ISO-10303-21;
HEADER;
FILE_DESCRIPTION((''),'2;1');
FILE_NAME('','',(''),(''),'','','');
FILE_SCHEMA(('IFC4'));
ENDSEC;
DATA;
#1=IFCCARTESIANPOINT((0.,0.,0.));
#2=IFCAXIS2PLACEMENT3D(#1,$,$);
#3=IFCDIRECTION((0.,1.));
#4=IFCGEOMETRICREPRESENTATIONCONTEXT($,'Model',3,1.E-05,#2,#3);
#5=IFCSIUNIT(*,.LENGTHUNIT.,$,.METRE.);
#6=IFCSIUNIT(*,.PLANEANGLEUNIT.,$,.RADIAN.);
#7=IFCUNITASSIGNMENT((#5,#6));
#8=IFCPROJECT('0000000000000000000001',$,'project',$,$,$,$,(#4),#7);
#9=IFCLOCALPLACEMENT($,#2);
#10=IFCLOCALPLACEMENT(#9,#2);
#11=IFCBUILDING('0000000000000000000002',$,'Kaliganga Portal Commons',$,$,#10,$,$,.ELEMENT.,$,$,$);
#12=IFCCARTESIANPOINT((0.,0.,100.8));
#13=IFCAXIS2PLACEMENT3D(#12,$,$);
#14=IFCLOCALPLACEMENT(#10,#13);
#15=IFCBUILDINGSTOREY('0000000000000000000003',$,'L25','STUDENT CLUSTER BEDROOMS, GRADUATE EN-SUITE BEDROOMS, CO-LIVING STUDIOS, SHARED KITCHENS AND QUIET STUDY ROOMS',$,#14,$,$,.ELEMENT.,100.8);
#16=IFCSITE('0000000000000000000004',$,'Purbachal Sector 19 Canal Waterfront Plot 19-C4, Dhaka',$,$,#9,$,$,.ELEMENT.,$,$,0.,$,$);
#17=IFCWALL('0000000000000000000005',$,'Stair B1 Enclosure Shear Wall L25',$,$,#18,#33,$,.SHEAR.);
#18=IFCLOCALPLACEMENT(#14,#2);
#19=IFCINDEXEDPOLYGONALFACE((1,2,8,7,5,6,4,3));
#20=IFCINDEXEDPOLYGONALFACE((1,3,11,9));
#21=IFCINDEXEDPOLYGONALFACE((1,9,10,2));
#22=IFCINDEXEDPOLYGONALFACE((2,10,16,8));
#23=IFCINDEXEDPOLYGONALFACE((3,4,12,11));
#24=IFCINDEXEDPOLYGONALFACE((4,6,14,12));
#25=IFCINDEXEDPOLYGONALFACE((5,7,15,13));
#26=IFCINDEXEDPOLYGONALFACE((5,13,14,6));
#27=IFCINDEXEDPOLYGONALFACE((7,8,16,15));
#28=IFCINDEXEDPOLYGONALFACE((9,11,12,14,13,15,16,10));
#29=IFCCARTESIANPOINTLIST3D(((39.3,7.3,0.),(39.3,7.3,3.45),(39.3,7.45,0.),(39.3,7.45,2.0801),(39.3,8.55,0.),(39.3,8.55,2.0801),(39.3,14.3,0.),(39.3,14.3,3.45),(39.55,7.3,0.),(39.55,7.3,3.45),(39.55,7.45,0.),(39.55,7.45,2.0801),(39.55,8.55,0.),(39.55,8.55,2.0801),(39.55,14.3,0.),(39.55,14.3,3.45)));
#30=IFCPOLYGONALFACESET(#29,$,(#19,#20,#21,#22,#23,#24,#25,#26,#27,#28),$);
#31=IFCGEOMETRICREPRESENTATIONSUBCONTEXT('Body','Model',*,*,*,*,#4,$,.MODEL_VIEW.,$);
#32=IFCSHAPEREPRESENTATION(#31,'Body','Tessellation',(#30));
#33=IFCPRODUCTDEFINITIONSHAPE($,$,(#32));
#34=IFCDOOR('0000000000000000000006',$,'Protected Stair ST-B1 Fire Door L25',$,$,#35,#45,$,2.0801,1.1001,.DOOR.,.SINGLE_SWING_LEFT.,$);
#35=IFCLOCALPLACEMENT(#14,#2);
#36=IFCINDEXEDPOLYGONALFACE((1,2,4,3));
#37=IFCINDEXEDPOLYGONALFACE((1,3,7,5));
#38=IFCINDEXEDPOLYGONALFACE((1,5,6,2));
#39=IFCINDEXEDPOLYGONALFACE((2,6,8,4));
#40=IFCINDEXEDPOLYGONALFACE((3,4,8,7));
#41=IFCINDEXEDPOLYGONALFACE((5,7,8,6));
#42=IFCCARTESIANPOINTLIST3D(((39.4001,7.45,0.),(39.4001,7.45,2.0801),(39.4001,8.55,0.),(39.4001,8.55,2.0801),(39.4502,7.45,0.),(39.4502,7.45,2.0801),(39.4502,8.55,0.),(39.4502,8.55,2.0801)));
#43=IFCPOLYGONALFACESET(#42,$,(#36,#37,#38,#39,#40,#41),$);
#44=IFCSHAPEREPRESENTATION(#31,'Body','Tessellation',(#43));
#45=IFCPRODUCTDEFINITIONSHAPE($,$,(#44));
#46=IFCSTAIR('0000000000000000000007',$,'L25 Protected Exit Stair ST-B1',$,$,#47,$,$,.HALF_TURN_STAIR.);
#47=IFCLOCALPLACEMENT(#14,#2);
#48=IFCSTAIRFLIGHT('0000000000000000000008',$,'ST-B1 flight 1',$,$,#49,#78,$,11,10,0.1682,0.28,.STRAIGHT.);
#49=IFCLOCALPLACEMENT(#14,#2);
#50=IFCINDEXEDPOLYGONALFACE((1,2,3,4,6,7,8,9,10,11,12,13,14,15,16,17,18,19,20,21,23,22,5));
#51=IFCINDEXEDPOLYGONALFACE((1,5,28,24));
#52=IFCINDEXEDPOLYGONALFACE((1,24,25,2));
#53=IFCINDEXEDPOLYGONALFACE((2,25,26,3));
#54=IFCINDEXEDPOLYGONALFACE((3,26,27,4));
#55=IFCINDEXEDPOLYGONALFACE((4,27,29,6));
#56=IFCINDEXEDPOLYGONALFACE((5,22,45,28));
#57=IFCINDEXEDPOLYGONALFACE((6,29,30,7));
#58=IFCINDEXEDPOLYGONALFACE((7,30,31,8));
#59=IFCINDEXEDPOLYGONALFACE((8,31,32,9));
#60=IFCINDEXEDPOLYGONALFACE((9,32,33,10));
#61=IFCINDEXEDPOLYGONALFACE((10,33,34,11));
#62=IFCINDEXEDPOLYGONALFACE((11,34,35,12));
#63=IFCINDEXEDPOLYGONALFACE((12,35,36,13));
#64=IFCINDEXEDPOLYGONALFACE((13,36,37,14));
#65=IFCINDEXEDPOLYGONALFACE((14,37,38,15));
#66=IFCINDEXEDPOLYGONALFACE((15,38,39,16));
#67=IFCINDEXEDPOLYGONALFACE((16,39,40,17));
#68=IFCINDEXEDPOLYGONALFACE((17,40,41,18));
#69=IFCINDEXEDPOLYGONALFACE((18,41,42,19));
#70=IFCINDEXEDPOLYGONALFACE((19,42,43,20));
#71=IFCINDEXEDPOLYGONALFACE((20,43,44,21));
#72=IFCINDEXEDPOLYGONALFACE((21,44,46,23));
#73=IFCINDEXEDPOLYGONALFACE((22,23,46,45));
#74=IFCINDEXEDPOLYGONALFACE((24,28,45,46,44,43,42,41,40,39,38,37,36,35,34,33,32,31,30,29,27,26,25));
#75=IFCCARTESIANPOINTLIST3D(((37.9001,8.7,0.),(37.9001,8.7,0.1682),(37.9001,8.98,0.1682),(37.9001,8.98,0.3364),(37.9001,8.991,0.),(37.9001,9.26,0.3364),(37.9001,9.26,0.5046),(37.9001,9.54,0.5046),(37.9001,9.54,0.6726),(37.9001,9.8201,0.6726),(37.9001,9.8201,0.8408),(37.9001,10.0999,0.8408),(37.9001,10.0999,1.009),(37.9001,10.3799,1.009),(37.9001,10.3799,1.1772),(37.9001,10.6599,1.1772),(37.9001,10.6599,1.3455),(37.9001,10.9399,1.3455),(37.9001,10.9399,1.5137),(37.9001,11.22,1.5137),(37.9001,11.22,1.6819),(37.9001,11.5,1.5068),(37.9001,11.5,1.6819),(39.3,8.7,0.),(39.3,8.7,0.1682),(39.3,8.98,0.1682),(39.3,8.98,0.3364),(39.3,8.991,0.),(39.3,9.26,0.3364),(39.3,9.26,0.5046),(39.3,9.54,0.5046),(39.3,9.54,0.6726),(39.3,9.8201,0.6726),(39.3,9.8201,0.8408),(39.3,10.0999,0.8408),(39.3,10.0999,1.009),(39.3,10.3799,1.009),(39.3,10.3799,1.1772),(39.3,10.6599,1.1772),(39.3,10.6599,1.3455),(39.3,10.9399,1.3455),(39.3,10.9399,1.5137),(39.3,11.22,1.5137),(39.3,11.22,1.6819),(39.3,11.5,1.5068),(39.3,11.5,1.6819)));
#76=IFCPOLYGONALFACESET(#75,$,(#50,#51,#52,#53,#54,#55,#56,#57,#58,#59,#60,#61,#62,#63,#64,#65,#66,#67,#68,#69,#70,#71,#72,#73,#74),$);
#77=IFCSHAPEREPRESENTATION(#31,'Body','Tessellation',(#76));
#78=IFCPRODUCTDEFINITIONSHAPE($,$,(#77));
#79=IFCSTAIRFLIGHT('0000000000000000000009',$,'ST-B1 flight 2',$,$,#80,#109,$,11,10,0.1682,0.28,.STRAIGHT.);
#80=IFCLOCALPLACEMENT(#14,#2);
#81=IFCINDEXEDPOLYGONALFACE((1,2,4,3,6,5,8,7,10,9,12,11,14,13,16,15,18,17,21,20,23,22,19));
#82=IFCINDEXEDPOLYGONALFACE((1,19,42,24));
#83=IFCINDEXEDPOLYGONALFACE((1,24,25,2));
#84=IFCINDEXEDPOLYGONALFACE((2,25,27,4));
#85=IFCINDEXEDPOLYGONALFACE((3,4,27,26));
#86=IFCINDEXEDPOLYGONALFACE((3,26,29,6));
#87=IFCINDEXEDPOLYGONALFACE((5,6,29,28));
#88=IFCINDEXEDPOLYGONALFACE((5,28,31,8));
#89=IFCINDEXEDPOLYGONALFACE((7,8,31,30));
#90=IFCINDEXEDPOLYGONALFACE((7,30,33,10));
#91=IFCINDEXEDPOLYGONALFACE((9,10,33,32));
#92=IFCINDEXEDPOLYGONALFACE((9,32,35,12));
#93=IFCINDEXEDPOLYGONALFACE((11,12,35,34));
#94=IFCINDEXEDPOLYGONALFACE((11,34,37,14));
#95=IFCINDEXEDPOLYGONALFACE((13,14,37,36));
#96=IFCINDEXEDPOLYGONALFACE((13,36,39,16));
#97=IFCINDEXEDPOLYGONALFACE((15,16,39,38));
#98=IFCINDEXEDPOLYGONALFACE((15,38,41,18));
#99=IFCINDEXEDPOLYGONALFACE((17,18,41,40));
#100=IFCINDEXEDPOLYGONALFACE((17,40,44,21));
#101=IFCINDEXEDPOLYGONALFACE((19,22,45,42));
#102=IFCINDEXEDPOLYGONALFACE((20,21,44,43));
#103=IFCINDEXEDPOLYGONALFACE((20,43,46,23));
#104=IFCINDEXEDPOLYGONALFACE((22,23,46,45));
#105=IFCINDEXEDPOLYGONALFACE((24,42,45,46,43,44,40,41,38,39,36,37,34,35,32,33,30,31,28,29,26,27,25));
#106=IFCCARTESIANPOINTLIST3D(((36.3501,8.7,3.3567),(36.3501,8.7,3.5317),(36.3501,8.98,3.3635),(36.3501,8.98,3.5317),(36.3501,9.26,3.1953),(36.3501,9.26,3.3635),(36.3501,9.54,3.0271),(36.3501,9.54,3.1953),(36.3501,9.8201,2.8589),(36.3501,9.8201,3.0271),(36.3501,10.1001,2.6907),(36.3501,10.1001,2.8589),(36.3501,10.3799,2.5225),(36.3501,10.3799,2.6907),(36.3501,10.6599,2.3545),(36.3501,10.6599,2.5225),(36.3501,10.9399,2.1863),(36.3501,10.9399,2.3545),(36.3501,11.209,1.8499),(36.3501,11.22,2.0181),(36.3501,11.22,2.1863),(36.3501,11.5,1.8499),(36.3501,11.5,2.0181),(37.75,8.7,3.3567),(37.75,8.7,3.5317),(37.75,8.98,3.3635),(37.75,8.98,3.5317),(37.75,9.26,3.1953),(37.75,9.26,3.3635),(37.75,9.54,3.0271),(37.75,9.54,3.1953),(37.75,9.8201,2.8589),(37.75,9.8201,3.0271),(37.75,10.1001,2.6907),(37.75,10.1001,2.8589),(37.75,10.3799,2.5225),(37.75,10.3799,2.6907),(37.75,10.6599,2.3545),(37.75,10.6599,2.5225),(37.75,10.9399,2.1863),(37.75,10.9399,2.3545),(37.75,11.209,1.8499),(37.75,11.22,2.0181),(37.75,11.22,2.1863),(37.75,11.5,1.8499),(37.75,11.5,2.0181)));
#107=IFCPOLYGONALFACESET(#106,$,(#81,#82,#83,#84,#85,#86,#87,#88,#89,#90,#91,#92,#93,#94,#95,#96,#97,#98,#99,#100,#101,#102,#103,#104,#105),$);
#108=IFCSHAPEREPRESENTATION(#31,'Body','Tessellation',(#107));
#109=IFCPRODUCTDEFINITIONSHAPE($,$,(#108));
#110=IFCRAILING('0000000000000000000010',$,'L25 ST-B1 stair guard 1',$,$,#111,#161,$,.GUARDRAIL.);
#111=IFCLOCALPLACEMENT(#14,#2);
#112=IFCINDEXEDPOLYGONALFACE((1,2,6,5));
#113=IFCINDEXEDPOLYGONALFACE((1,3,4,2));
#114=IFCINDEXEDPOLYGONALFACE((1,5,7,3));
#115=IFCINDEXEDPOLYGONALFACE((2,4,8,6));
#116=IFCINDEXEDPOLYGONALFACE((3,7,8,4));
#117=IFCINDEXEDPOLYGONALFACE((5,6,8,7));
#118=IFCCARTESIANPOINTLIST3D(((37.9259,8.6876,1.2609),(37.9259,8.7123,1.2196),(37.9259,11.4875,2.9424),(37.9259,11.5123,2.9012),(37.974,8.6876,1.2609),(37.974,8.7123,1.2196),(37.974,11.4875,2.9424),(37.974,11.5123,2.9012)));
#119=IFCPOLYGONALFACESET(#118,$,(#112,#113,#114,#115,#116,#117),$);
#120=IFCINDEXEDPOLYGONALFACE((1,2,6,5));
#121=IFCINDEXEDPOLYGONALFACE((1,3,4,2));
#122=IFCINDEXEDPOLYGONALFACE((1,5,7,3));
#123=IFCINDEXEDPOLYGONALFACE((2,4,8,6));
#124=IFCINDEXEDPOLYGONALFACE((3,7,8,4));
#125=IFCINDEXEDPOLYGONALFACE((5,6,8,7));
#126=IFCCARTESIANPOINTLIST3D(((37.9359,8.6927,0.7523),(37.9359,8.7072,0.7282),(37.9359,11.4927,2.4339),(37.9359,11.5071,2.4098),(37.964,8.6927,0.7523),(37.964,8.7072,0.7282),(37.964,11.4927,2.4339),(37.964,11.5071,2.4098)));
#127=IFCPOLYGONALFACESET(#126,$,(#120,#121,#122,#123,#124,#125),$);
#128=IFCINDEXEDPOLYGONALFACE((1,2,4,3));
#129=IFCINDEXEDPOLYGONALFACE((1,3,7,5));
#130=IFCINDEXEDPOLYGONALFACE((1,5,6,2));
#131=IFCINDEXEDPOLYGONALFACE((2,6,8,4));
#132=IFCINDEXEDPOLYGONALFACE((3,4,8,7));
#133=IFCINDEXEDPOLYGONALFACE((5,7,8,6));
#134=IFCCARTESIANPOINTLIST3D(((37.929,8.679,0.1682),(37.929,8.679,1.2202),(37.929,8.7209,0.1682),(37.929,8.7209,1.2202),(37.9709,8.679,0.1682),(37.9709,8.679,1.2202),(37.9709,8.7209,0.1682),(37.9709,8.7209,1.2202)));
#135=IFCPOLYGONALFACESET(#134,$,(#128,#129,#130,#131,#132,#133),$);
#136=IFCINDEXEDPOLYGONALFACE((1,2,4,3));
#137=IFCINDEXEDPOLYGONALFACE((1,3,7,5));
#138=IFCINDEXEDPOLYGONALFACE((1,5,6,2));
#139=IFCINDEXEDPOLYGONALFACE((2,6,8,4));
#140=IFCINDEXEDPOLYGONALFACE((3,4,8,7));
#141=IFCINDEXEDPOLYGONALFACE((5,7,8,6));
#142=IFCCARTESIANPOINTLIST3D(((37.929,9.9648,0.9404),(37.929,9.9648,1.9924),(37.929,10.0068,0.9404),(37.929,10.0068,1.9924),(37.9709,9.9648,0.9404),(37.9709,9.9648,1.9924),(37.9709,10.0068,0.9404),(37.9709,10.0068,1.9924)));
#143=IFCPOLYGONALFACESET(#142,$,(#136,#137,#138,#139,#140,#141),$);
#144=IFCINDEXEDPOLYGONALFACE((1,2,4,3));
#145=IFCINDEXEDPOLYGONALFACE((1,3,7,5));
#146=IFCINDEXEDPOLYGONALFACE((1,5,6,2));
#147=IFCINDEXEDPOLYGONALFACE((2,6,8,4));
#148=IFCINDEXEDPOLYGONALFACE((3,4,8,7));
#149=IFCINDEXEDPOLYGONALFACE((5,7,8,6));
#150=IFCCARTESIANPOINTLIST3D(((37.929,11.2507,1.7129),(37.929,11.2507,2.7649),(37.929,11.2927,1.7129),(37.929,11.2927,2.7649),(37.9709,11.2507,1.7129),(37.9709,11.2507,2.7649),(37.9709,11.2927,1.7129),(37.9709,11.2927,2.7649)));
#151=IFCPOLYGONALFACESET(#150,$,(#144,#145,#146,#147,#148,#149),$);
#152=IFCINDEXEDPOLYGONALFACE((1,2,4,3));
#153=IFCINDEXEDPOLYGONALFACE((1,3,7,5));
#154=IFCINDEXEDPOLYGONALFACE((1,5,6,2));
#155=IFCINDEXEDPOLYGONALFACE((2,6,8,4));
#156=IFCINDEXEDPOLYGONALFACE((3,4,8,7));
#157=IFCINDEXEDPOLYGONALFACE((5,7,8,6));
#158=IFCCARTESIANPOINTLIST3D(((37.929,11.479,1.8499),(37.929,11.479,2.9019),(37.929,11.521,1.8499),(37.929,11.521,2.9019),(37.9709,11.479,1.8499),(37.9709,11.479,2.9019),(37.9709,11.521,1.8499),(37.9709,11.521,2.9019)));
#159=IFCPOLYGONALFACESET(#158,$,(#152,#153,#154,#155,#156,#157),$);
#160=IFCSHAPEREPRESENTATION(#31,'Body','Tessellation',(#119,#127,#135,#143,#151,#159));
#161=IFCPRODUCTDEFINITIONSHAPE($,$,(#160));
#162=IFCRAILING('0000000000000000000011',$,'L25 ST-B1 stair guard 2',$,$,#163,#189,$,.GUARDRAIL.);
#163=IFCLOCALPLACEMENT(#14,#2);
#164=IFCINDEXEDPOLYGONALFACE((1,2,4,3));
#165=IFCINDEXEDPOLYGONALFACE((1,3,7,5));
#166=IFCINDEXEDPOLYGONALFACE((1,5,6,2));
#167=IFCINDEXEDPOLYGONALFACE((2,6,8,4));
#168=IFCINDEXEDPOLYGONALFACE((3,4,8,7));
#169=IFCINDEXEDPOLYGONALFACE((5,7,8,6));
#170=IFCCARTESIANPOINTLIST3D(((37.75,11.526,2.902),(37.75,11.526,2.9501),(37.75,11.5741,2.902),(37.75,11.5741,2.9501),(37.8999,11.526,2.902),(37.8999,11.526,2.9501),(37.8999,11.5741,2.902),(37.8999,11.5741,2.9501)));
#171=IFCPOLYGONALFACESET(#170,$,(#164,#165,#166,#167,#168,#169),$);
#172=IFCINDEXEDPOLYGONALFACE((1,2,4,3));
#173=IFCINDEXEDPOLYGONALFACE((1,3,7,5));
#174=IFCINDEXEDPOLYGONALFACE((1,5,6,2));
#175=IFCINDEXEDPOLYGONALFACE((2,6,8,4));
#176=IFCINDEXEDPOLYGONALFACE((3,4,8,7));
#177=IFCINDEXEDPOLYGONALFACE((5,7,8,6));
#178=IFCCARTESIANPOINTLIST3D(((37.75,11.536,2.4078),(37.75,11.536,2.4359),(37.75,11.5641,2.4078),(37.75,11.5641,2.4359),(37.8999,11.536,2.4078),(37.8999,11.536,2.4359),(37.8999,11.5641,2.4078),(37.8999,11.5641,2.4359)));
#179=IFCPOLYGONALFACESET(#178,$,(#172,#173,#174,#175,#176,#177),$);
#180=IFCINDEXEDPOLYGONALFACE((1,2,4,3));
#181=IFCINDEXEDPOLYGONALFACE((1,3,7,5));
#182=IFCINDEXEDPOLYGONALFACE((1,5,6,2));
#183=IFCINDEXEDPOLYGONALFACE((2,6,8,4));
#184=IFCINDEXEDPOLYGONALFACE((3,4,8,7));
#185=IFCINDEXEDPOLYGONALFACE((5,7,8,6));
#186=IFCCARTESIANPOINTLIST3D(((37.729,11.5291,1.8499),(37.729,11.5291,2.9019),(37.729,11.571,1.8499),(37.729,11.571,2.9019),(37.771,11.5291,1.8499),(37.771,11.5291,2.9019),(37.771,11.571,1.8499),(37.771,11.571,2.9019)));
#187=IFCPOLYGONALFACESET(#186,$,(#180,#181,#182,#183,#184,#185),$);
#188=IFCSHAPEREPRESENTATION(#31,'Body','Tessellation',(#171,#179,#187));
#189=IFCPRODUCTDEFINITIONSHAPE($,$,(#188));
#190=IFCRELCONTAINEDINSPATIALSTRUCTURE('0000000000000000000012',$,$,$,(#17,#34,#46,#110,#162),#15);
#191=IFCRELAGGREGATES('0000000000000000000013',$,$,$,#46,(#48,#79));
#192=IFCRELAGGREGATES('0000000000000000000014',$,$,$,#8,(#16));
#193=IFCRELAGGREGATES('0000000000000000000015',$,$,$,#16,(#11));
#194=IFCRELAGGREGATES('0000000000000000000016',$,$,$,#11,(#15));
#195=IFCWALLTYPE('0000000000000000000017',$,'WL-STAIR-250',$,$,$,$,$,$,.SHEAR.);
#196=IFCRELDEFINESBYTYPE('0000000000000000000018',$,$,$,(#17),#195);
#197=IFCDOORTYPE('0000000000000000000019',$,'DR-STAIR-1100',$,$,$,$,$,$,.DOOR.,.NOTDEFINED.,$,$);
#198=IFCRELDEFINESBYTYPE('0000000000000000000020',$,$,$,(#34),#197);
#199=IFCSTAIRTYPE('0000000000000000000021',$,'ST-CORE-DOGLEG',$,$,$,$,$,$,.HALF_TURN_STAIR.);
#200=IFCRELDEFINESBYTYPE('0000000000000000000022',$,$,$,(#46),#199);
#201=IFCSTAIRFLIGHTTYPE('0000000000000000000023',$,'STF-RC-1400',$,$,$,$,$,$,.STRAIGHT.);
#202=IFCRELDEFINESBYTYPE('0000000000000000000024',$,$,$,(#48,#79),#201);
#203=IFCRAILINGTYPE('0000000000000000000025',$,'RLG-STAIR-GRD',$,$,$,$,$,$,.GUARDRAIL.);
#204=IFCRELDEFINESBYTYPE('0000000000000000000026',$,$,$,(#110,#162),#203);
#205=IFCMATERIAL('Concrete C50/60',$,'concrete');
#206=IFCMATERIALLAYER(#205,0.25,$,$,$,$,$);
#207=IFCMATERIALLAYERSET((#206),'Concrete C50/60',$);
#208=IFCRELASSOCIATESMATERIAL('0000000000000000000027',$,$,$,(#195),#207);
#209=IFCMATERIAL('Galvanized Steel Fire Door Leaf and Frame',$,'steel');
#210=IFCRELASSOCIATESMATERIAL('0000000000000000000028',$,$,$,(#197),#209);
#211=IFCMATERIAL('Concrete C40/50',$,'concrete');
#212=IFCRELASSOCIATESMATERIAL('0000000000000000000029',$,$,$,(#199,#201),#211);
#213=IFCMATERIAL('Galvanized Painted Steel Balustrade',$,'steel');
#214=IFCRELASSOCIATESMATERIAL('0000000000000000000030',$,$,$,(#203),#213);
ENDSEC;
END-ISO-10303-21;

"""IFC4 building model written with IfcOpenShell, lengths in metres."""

from ifc_helpers import new_model, si_unit, direction, frame, frame_2d, origin, origin_2d, place, context, subcontext, project, spatial, polyline, rectangle, outline, extrude, material, layer, layer_set, type_object, element, fill, aggregate, save


model = new_model("IFC4")

# Units and contexts
model_context = context("Model", 3, precision=1e-05, world=origin(), true_north=direction((0.0, 1.0)))
body_context = subcontext(model_context, "Body", "Model", "MODEL_VIEW")
ifc_project = project(units=[si_unit("LENGTHUNIT", "METRE"), si_unit("PLANEANGLEUNIT", "RADIAN")], contexts=[model_context])

# Site, building, storey
site_placement = place(None, origin())
site = spatial("IfcSite", under=ifc_project, at=site_placement, Name="Purbachal Sector 19 Canal Waterfront Plot 19-C4, Dhaka", CompositionType="ELEMENT", RefElevation=0.0)
building_placement = place(site_placement, origin())
building = spatial("IfcBuilding", under=site, at=building_placement, Name="Kaliganga Portal Commons", CompositionType="ELEMENT")
storey_placement = place(building_placement, frame((0.0, 0.0, 100.8)))
storey = spatial("IfcBuildingStorey", under=building, at=storey_placement, Name="L25", Description="STUDENT CLUSTER BEDROOMS, GRADUATE EN-SUITE BEDROOMS, CO-LIVING STUDIOS, SHARED KITCHENS AND QUIET STUDY ROOMS", CompositionType="ELEMENT", Elevation=100.8)

# Shared definitions
ifc_material_1 = material(Name="Concrete C50/60", Category="concrete")

# Wall, opening, door
ifc_layer_1 = layer(ifc_material_1, 0.25)
ifc_layer_set_1 = layer_set([ifc_layer_1], Name="Concrete C50/60")
wall_type_1 = type_object("IfcWallType", Name="WL-STAIR-250", PredefinedType="SHEAR", material=ifc_layer_set_1)
wall_1_placement = place(storey_placement, frame((39.425, 7.3, 0.0), z_axis=(0.0, 0.0, 1.0), x_axis=(0.0, 1.0, 0.0)))
wall_1 = element("IfcWall", 1, at=wall_1_placement, inside=storey, type_object=wall_type_1, Name="Stair B1 Enclosure Shear Wall L25", PredefinedType="SHEAR", context=body_context, shape_type="SweptSolid", body=[
    extrude(rectangle(XDim=7.0, YDim=0.25, at=frame_2d((3.5, 0.0))), origin(), (0.0, 0.0, 1.0), 3.45),
])
opening_1_placement = place(wall_1_placement, frame((0.1499, 0.0, 0.0)))
opening_1 = element("IfcOpeningElement", 2, at=opening_1_placement, cuts=wall_1, PredefinedType="OPENING", context=body_context, shape_type="SweptSolid", body=[
    extrude(rectangle(XDim=1.1001, YDim=2.0801, at=frame_2d((0.55, 1.04))), frame((0.0, 0.135, 0.0), z_axis=(0.0, -1.0, 0.0), x_axis=(1.0, 0.0, 0.0)), (0.0, 0.0, 1.0), 0.27),
])
ifc_material_2 = material(Name="Galvanized Steel Fire Door Leaf and Frame", Category="steel")
door_type_1 = type_object("IfcDoorType", Name="DR-STAIR-1100", OperationType="NOTDEFINED", PredefinedType="DOOR", material=ifc_material_2)
door_1_placement = place(opening_1_placement, origin())
door_1 = element("IfcDoor", 3, at=door_1_placement, inside=storey, type_object=door_type_1, Name="Protected Stair ST-B1 Fire Door L25", OperationType="SINGLE_SWING_LEFT", OverallHeight=2.0801, OverallWidth=1.1001, PredefinedType="DOOR", context=body_context, shape_type="SweptSolid", body=[
    extrude(rectangle(XDim=1.1001, YDim=2.0801, at=frame_2d((0.55, 1.04))), frame((0.0, 0.0249, 0.0), z_axis=(0.0, -1.0, 0.0), x_axis=(1.0, 0.0, 0.0)), (0.0, 0.0, 1.0), 0.05),
])
fill(opening_1, door_1)

# Stair, stair flights
ifc_material_3 = material(Name="Concrete C40/50", Category="concrete")
stair_type = type_object("IfcStairType", Name="ST-CORE-DOGLEG", PredefinedType="HALF_TURN_STAIR", material=ifc_material_3)
stair_placement = place(storey_placement, origin())
stair = element("IfcStair", 4, at=stair_placement, inside=storey, type_object=stair_type, Name="L25 Protected Exit Stair ST-B1", PredefinedType="HALF_TURN_STAIR")
stair_flight_type = type_object("IfcStairFlightType", Name="STF-RC-1400", PredefinedType="STRAIGHT", material=ifc_material_3)
stair_flight_1_placement = place(storey_placement, frame((38.6001, 8.7, 0.0), z_axis=(0.0, 0.0, 1.0), x_axis=(0.0, 1.0, 0.0)))
stair_flight_1 = element("IfcStairFlight", 5, at=stair_flight_1_placement, type_object=stair_flight_type, Name="ST-B1 flight 1", NumberOfRisers=11, NumberOfTreads=10, PredefinedType="STRAIGHT", RiserHeight=0.1682, TreadLength=0.28, context=body_context, shape_type="SweptSolid", body=[
    extrude(outline(polyline([(0.0, 0.0), (0.0, 0.1682), (0.28, 0.1682), (0.28, 0.3364), (0.5601, 0.3364), (0.5601, 0.5046), (0.8401, 0.5046), (0.8401, 0.6726), (1.1201, 0.6726), (1.1201, 0.8408), (1.3999, 0.8408), (1.3999, 1.009), (1.6799, 1.009), (1.6799, 1.1772), (1.96, 1.1772), (1.96, 1.3455), (2.24, 1.3455), (2.24, 1.5137), (2.52, 1.5137), (2.52, 1.6819), (2.8, 1.6819), (2.8, 1.8501), (2.8, 1.5068), (0.291, 0.0), (0.0, 0.0)])), frame((0.0, 0.7, 0.0), z_axis=(0.0, -1.0, 0.0), x_axis=(1.0, 0.0, 0.0)), (0.0, 0.0, 1.0), 1.3999),
])
stair_flight_2_placement = place(storey_placement, frame((37.05, 11.5, 1.8499), z_axis=(0.0, 0.0, 1.0), x_axis=(0.0, -1.0, 0.0)))
stair_flight_2 = element("IfcStairFlight", 6, at=stair_flight_2_placement, type_object=stair_flight_type, Name="ST-B1 flight 2", NumberOfRisers=11, NumberOfTreads=10, PredefinedType="STRAIGHT", RiserHeight=0.1682, TreadLength=0.28, context=body_context, shape_type="SweptSolid", body=[
    extrude(outline(polyline([(0.0, 0.0), (0.0, 0.1682), (0.28, 0.1682), (0.28, 0.3364), (0.5601, 0.3364), (0.5601, 0.5046), (0.8401, 0.5046), (0.8401, 0.6726), (1.1201, 0.6726), (1.1201, 0.8408), (1.3999, 0.8408), (1.3999, 1.009), (1.6799, 1.009), (1.6799, 1.1772), (1.96, 1.1772), (1.96, 1.3455), (2.24, 1.3455), (2.24, 1.5137), (2.52, 1.5137), (2.52, 1.6819), (2.8, 1.6819), (2.8, 1.8501), (2.8, 1.5068), (0.291, 0.0), (0.0, 0.0)])), frame((0.0, 0.7, 0.0), z_axis=(0.0, -1.0, 0.0), x_axis=(1.0, 0.0, 0.0)), (0.0, 0.0, 1.0), 1.3999),
])
aggregate(stair, [stair_flight_1, stair_flight_2])

# Railings
ifc_material_4 = material(Name="Galvanized Painted Steel Balustrade", Category="steel")
railing_type_1 = type_object("IfcRailingType", Name="RLG-STAIR-GRD", PredefinedType="GUARDRAIL", material=ifc_material_4)
railing_1_placement = place(storey_placement, frame((37.95, 8.7, 0.1682)))
element("IfcRailing", 7, at=railing_1_placement, inside=storey, type_object=railing_type_1, Name="L25 ST-B1 stair guard 1", PredefinedType="GUARDRAIL", context=body_context, shape_type="SweptSolid", body=[
    extrude(rectangle(XDim=0.0481, YDim=0.0481, at=origin_2d()), frame((0.0, 0.0, 1.072), z_axis=(0.0, 0.857275, 0.514858), x_axis=(-1.0, 0.0, 0.0)), (0.0, 0.0, 1.0), 3.2661),
    extrude(rectangle(XDim=0.0281, YDim=0.0281, at=origin_2d()), frame((0.0, 0.0, 0.572), z_axis=(0.0, 0.857275, 0.514858), x_axis=(-1.0, 0.0, 0.0)), (0.0, 0.0, 1.0), 3.2661),
    extrude(rectangle(XDim=0.042, YDim=0.042, at=origin_2d()), origin(), (0.0, 0.0, 1.0), 1.052),
    extrude(rectangle(XDim=0.042, YDim=0.042, at=origin_2d()), frame((0.0, 1.2859, 0.7722)), (0.0, 0.0, 1.0), 1.052),
    extrude(rectangle(XDim=0.042, YDim=0.042, at=origin_2d()), frame((0.0, 2.5718, 1.5447)), (0.0, 0.0, 1.0), 1.052),
    extrude(rectangle(XDim=0.042, YDim=0.042, at=origin_2d()), frame((0.0, 2.8, 1.6816)), (0.0, 0.0, 1.0), 1.052),
])
railing_2_placement = place(storey_placement, frame((37.8999, 11.55, 1.8499)))
element("IfcRailing", 8, at=railing_2_placement, inside=storey, type_object=railing_type_1, Name="L25 ST-B1 stair guard 2", PredefinedType="GUARDRAIL", context=body_context, shape_type="SweptSolid", body=[
    extrude(rectangle(XDim=0.0481, YDim=0.0481, at=origin_2d()), frame((0.0, 0.0, 1.0762), z_axis=(-1.0, 0.0, 0.0), x_axis=(0.0, -1.0, 0.0)), (0.0, 0.0, 1.0), 0.1499),
    extrude(rectangle(XDim=0.0281, YDim=0.0281, at=origin_2d()), frame((0.0, 0.0, 0.572), z_axis=(-1.0, 0.0, 0.0), x_axis=(0.0, -1.0, 0.0)), (0.0, 0.0, 1.0), 0.1499),
    extrude(rectangle(XDim=0.042, YDim=0.042, at=origin_2d()), frame((-0.1499, 0.0, 0.0)), (0.0, 0.0, 1.0), 1.052),
])

save(model, "model.ifc")
